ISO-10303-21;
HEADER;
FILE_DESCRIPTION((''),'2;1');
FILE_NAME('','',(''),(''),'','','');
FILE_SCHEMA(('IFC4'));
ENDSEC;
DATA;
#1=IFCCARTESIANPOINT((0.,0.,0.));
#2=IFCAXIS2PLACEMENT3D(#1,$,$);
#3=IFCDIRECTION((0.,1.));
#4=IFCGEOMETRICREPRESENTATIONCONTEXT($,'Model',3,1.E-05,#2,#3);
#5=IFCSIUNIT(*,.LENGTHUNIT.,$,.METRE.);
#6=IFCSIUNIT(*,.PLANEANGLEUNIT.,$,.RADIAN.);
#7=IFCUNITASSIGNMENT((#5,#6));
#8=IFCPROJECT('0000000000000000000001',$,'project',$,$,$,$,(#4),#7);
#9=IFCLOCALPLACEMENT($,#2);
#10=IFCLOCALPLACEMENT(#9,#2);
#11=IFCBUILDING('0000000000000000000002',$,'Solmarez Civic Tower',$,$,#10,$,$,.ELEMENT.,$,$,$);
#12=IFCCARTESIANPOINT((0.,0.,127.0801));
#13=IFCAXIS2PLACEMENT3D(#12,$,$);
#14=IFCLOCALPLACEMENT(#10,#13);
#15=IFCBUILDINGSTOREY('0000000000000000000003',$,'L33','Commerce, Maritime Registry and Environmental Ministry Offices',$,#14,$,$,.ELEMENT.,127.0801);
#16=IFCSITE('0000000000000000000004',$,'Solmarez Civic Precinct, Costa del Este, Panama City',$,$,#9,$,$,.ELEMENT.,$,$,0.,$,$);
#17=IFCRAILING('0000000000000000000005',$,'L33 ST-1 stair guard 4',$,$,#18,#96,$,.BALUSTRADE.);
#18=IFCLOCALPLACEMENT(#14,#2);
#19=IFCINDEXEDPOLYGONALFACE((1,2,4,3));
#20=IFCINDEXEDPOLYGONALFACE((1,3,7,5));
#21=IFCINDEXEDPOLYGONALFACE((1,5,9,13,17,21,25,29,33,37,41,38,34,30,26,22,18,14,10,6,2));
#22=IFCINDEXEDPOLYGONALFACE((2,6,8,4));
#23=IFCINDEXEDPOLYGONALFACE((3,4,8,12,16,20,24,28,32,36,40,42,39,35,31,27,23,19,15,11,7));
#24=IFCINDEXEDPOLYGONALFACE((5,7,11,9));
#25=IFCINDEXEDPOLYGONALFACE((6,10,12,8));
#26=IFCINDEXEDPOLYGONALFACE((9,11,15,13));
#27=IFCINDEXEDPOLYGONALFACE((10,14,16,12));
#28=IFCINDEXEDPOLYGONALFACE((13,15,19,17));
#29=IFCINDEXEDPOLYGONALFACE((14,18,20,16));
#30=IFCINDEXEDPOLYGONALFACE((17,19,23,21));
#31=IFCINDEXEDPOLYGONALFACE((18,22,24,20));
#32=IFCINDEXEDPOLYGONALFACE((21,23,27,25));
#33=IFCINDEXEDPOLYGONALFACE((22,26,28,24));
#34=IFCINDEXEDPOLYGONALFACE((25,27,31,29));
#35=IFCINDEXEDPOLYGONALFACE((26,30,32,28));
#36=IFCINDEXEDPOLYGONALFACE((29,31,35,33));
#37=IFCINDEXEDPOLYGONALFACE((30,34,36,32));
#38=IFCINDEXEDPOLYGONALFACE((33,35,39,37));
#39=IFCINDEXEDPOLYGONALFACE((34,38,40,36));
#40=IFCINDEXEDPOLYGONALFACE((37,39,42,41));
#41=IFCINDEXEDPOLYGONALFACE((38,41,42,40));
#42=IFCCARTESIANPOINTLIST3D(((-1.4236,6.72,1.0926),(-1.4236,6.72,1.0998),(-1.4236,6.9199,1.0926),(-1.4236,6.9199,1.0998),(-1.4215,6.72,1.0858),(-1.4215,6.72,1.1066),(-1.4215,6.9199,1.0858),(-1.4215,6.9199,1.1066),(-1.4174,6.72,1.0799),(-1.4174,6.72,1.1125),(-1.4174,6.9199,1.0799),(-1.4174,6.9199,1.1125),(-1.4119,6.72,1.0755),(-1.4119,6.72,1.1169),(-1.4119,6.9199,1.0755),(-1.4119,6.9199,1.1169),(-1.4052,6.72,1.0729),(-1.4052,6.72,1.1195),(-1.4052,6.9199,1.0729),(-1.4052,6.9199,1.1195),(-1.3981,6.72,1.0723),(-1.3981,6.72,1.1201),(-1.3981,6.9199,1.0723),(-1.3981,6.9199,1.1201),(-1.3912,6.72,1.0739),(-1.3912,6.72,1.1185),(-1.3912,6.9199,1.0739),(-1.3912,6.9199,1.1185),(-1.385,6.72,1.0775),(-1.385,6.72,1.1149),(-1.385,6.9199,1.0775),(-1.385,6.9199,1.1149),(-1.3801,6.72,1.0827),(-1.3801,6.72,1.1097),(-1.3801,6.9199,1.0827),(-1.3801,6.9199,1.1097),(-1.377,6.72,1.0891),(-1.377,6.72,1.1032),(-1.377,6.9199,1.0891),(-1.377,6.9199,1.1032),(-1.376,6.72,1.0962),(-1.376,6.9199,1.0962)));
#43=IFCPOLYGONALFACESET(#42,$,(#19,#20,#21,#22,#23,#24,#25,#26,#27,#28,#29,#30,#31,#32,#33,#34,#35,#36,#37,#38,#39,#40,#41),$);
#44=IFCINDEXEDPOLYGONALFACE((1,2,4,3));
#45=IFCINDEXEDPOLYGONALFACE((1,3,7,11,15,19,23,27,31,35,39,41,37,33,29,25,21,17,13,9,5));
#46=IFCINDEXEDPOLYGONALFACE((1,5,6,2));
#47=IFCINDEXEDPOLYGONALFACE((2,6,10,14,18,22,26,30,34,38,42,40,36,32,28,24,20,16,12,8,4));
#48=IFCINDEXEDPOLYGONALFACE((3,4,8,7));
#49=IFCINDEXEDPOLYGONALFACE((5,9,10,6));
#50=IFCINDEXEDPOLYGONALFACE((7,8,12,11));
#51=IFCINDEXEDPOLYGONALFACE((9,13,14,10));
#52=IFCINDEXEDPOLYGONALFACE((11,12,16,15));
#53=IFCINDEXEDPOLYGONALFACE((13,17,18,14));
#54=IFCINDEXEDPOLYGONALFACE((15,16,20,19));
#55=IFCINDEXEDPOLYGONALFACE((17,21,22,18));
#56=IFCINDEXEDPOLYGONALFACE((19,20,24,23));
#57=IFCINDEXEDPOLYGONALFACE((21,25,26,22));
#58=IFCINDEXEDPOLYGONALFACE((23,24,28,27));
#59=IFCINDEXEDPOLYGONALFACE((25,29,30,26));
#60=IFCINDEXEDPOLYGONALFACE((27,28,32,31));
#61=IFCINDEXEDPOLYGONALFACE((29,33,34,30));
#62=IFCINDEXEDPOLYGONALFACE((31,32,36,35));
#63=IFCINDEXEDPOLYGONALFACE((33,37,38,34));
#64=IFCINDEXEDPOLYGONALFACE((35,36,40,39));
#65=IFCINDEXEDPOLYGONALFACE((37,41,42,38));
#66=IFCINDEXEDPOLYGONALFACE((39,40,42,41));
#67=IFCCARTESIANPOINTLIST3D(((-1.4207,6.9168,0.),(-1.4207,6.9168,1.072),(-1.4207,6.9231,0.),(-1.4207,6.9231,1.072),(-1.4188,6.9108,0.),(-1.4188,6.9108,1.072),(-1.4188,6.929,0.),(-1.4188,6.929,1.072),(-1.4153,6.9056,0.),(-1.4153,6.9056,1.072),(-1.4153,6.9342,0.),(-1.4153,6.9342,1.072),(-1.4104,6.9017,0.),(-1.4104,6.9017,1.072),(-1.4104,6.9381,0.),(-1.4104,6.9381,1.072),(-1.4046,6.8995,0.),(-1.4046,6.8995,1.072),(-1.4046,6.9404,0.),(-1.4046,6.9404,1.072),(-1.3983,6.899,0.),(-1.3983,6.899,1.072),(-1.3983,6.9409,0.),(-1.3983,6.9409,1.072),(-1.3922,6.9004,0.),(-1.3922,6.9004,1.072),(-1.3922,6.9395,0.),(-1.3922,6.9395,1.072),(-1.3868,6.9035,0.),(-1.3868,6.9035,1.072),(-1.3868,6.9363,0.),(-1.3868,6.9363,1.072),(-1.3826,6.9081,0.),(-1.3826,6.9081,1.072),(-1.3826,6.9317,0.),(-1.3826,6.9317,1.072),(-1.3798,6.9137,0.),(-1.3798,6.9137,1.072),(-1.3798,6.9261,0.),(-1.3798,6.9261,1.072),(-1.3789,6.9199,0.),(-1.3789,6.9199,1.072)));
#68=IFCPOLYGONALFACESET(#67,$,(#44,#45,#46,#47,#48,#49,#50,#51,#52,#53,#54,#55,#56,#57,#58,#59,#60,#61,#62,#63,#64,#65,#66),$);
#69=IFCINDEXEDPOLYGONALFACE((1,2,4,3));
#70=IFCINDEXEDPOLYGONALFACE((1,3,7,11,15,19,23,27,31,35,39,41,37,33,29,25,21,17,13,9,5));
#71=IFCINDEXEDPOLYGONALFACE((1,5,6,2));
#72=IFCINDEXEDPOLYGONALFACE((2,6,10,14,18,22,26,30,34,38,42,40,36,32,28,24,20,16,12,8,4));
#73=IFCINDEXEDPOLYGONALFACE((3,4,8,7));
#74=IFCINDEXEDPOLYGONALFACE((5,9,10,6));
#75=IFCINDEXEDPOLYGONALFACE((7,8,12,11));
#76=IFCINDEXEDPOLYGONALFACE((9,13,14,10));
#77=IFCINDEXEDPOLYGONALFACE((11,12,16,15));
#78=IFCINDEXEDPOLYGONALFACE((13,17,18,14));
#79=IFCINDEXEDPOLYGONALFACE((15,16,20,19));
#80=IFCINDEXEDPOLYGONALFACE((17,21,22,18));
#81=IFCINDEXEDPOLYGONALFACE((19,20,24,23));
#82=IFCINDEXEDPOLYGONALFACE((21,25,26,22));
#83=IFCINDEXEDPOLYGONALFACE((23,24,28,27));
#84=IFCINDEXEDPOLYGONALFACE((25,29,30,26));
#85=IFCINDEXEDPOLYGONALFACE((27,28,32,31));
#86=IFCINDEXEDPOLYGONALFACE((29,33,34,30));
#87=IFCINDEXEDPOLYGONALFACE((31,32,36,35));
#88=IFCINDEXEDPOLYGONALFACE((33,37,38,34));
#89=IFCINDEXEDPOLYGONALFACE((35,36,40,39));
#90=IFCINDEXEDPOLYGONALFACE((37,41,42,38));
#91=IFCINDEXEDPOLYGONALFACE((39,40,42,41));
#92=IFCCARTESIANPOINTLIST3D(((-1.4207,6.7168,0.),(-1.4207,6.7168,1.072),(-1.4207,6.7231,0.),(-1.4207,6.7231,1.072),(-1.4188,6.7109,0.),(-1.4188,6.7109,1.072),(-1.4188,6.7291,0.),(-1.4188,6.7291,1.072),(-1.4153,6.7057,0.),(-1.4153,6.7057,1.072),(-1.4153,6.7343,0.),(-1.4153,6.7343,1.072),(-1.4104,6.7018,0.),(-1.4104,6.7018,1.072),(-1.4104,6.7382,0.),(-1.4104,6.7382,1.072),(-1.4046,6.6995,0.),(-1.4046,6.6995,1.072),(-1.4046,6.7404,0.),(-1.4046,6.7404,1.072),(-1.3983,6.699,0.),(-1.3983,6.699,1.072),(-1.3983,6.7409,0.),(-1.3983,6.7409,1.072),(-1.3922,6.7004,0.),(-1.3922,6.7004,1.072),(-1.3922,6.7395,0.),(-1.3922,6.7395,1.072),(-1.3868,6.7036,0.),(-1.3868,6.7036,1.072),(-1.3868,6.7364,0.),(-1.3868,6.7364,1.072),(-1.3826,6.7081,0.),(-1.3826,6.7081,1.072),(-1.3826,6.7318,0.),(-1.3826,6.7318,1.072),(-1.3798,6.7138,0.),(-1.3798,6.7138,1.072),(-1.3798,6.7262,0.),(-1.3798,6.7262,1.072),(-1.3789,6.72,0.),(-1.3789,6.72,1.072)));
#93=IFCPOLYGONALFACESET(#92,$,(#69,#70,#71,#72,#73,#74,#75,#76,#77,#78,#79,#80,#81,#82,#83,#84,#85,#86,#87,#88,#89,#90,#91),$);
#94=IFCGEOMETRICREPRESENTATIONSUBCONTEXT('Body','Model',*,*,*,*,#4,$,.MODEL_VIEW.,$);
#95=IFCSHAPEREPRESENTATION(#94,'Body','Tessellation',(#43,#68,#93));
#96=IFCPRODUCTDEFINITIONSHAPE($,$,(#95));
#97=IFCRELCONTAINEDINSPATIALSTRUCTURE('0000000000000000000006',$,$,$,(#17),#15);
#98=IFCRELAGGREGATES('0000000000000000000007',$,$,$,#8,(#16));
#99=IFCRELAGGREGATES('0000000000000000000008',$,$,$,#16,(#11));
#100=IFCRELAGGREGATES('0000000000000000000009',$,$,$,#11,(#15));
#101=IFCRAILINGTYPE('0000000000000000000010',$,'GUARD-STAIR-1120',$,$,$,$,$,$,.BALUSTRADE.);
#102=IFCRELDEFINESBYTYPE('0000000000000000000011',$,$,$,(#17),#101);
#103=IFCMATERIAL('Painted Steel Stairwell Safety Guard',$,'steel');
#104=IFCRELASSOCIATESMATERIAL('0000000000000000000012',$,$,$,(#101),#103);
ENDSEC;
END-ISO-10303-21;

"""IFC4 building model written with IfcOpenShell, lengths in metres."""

from ifc_helpers import new_model, si_unit, direction, frame, origin, origin_2d, place, context, subcontext, project, spatial, circle, extrude, material, type_object, element, save


model = new_model("IFC4")

# Units and contexts
model_context = context("Model", 3, precision=1e-05, world=origin(), true_north=direction((0.0, 1.0)))
body_context = subcontext(model_context, "Body", "Model", "MODEL_VIEW")
ifc_project = project(units=[si_unit("LENGTHUNIT", "METRE"), si_unit("PLANEANGLEUNIT", "RADIAN")], contexts=[model_context])

# Site, building, storey
site_placement = place(None, origin())
site = spatial("IfcSite", under=ifc_project, at=site_placement, Name="Solmarez Civic Precinct, Costa del Este, Panama City", CompositionType="ELEMENT", RefElevation=0.0)
building_placement = place(site_placement, origin())
building = spatial("IfcBuilding", under=site, at=building_placement, Name="Solmarez Civic Tower", CompositionType="ELEMENT")
storey_placement = place(building_placement, frame((0.0, 0.0, 127.0801)))
storey = spatial("IfcBuildingStorey", under=building, at=storey_placement, Name="L33", Description="Commerce, Maritime Registry and Environmental Ministry Offices", CompositionType="ELEMENT", Elevation=127.0801)

# Railing
ifc_material_1 = material(Name="Painted Steel Stairwell Safety Guard", Category="steel")
railing_type_1 = type_object("IfcRailingType", Name="GUARD-STAIR-1120", PredefinedType="BALUSTRADE", material=ifc_material_1)
railing_1_placement = place(storey_placement, frame((-1.3999, 6.9199, 0.0)))
element("IfcRailing", 1, at=railing_1_placement, inside=storey, type_object=railing_type_1, Name="L33 ST-1 stair guard 4", PredefinedType="BALUSTRADE", context=body_context, shape_type="SweptSolid", body=[
    extrude(circle(Radius=0.0239, at=origin_2d()), frame((0.0, 0.0, 1.0962), z_axis=(0.0, -1.0, 0.0), x_axis=(1.0, 0.0, 0.0)), (0.0, 0.0, 1.0), 0.2),
    extrude(circle(Radius=0.021, at=origin_2d()), origin(), (0.0, 0.0, 1.0), 1.072),
    extrude(circle(Radius=0.021, at=origin_2d()), frame((0.0, -0.2, 0.0)), (0.0, 0.0, 1.0), 1.072),
])

save(model, "model.ifc")
